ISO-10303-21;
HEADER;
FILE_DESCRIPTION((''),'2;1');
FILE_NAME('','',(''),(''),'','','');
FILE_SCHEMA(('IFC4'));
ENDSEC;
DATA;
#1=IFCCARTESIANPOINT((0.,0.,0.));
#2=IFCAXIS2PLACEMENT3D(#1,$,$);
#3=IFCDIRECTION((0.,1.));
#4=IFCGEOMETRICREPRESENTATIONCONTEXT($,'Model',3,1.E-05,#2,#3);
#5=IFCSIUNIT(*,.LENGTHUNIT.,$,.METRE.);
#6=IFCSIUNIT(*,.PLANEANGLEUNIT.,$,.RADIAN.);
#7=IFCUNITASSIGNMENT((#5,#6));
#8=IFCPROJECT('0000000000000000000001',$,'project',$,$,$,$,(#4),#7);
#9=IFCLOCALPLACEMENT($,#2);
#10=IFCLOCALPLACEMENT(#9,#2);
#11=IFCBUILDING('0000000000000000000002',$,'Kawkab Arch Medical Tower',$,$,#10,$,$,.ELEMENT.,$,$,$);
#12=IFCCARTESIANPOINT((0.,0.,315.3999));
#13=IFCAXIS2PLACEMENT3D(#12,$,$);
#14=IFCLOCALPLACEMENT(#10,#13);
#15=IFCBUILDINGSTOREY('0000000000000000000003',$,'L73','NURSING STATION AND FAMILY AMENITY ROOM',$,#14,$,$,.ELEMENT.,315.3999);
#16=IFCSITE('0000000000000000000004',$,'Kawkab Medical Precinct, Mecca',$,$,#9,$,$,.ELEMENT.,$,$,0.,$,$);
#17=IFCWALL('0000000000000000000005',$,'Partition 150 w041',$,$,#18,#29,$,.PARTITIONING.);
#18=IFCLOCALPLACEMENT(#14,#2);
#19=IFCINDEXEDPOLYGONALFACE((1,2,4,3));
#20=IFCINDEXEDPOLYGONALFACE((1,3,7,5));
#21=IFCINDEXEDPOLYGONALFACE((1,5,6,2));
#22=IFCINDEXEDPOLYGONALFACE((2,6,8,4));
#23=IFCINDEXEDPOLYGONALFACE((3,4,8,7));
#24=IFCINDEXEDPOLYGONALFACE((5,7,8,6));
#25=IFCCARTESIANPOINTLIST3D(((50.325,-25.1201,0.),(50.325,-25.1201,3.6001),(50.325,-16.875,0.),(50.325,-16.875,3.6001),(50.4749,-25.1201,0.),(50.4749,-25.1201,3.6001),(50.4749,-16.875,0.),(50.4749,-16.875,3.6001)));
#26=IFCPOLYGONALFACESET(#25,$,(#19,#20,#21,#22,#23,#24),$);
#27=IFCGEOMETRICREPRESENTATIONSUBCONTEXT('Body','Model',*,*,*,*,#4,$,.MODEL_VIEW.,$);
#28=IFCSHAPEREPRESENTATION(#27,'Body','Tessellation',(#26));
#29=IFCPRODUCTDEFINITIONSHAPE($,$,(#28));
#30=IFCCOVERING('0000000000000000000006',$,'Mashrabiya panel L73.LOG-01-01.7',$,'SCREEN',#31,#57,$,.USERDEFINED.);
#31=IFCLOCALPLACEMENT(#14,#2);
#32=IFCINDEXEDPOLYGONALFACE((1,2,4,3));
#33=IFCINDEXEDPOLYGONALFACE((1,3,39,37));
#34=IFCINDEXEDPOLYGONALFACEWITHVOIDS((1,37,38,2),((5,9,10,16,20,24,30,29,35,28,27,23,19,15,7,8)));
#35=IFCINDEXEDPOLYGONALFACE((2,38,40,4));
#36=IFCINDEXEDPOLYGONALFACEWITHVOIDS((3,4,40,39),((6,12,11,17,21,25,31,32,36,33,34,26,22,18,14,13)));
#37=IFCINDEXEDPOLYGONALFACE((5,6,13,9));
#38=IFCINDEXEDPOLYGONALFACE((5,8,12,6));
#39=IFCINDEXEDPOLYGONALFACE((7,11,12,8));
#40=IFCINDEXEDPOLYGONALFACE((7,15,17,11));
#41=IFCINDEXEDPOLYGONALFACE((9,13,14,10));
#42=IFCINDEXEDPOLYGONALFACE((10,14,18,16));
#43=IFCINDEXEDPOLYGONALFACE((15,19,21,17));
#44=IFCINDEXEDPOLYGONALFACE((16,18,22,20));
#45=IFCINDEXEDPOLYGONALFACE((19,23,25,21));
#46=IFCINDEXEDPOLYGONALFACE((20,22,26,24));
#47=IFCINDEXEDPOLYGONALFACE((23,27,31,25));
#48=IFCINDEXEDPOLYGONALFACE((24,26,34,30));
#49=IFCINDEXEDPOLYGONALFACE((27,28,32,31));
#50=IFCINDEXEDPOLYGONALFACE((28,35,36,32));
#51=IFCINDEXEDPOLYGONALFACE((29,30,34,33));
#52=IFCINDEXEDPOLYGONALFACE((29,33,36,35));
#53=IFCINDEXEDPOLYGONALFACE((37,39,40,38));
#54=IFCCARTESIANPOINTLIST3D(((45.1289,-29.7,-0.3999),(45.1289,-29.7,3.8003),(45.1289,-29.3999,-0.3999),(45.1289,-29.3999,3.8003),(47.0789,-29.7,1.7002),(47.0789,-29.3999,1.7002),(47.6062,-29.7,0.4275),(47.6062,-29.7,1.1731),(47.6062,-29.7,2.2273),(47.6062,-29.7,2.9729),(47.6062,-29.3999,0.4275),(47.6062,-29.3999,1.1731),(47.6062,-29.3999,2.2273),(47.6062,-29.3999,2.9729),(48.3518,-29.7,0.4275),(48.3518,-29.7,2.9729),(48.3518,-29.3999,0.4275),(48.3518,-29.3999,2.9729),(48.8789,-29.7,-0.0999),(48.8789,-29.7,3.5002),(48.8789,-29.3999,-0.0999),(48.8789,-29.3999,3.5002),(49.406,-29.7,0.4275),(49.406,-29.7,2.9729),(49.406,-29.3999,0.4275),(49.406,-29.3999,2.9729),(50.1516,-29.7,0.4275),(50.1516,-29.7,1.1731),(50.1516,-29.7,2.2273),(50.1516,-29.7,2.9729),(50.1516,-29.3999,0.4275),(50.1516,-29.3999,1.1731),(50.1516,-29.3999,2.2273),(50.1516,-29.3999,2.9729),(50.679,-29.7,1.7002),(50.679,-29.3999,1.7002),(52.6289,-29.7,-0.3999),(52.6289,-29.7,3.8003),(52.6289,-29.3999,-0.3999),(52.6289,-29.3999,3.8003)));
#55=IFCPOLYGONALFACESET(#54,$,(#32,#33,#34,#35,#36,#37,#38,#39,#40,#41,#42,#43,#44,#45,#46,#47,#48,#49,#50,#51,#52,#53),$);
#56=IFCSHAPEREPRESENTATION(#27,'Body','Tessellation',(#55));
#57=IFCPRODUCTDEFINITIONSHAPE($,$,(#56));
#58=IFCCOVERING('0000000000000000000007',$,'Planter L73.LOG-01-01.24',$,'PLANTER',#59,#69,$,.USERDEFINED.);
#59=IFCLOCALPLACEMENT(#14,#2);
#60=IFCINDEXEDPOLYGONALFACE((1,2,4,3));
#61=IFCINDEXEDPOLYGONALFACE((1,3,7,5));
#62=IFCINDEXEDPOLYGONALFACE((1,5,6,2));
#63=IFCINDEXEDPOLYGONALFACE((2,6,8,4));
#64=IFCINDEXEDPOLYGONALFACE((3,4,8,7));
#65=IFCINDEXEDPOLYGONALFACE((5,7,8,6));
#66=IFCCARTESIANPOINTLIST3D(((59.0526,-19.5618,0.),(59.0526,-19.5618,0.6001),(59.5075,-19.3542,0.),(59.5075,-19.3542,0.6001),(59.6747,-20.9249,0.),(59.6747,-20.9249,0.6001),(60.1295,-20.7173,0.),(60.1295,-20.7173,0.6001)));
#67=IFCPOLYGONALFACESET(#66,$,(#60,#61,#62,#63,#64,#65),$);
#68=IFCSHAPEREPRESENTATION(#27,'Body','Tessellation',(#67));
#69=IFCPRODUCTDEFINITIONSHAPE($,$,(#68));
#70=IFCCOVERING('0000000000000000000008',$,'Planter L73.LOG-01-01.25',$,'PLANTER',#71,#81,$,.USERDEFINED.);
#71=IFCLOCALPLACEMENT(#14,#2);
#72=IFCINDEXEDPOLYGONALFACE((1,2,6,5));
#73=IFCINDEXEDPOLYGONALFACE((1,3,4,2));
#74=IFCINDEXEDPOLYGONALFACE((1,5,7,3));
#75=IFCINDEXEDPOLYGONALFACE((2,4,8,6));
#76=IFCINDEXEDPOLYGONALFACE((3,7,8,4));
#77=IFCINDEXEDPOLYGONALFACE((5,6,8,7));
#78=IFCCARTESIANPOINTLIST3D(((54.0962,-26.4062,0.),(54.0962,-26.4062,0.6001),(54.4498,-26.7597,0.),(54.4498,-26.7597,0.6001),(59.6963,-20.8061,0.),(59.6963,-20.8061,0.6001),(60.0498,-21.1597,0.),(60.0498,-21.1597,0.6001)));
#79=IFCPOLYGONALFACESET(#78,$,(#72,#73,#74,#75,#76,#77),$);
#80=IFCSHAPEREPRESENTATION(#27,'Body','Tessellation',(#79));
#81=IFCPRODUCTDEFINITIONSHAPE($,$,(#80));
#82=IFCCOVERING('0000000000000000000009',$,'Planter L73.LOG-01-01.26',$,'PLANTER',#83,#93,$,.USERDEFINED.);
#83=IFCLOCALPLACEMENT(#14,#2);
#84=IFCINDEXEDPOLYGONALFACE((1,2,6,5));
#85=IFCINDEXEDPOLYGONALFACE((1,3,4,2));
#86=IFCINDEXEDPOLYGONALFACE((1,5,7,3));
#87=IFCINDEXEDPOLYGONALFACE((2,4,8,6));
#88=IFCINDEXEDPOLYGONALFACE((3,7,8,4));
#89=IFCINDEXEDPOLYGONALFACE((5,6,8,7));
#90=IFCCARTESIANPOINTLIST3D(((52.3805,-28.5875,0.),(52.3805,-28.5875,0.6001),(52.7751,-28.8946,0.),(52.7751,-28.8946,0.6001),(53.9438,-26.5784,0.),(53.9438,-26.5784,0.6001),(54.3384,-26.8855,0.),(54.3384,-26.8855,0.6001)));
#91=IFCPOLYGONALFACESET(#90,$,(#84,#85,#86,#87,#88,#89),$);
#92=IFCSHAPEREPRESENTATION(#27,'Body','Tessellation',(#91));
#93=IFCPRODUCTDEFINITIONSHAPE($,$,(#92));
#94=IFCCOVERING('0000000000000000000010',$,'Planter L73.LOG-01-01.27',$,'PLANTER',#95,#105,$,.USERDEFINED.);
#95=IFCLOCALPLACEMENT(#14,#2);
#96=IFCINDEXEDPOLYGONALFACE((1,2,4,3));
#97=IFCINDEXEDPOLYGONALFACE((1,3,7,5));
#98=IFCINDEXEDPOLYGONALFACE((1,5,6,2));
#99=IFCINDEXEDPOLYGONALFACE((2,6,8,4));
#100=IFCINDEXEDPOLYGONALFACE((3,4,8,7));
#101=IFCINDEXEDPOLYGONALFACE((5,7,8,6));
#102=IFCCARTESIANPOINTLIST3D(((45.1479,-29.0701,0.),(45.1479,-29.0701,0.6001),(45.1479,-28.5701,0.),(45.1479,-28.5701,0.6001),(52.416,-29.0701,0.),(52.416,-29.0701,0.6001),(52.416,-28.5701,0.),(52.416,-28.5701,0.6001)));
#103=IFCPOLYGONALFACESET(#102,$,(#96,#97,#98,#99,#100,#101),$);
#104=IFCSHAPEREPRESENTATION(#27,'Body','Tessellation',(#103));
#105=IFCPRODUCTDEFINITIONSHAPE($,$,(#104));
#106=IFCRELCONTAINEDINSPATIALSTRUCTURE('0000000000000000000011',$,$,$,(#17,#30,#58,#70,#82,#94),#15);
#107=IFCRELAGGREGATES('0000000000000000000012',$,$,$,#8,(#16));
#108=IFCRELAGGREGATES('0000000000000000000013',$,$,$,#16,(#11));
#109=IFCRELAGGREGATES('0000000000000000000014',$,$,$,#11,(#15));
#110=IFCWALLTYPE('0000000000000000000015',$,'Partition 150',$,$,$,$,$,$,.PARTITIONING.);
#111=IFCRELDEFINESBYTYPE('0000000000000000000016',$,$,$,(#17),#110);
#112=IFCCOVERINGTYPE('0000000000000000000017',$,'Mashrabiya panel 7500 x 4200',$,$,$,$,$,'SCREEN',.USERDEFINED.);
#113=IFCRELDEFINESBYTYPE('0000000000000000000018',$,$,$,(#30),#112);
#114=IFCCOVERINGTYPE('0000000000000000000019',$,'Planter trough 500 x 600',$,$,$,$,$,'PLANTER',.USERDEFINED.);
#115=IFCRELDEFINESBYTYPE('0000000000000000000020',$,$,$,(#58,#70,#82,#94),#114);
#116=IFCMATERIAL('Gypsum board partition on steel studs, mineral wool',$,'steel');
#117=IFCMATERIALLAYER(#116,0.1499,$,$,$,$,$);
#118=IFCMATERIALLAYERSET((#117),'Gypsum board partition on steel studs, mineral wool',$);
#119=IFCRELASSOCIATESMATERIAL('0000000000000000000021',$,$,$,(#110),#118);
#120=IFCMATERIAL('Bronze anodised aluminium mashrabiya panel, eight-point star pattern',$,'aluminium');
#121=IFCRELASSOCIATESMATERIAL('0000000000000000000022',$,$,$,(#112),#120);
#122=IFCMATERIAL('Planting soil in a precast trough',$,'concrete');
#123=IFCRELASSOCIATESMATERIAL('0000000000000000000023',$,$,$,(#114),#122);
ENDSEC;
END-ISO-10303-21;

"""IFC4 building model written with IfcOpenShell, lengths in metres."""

from ifc_helpers import new_model, si_unit, direction, frame, frame_2d, origin, origin_2d, place, context, subcontext, project, spatial, polyline, rectangle, outline, extrude, material, layer, layer_set, material_profile, profile_set, type_object, element, save


model = new_model("IFC4")

# Units and contexts
model_context = context("Model", 3, precision=1e-05, world=origin(), true_north=direction((0.0, 1.0)))
body_context = subcontext(model_context, "Body", "Model", "MODEL_VIEW")
ifc_project = project(units=[si_unit("LENGTHUNIT", "METRE"), si_unit("PLANEANGLEUNIT", "RADIAN")], contexts=[model_context])

# Site, building, storey
site_placement = place(None, origin())
site = spatial("IfcSite", under=ifc_project, at=site_placement, Name="Kawkab Medical Precinct, Mecca", CompositionType="ELEMENT", RefElevation=0.0)
building_placement = place(site_placement, origin())
building = spatial("IfcBuilding", under=site, at=building_placement, Name="Kawkab Arch Medical Tower", CompositionType="ELEMENT")
storey_placement = place(building_placement, frame((0.0, 0.0, 315.3999)))
storey = spatial("IfcBuildingStorey", under=building, at=storey_placement, Name="L73", Description="NURSING STATION AND FAMILY AMENITY ROOM", CompositionType="ELEMENT", Elevation=315.3999)

# Wall
ifc_material_1 = material(Name="Gypsum board partition on steel studs, mineral wool", Category="steel")
ifc_layer_1 = layer(ifc_material_1, 0.1499)
ifc_layer_set_1 = layer_set([ifc_layer_1], Name="Gypsum board partition on steel studs, mineral wool")
wall_type_1 = type_object("IfcWallType", Name="Partition 150", PredefinedType="PARTITIONING", material=ifc_layer_set_1)
wall_1_placement = place(storey_placement, frame((50.3999, -25.1201, 0.0), z_axis=(0.0, 0.0, 1.0), x_axis=(0.0, 1.0, 0.0)))
element("IfcWall", 1, at=wall_1_placement, inside=storey, type_object=wall_type_1, Name="Partition 150 w041", PredefinedType="PARTITIONING", context=body_context, shape_type="SweptSolid", body=[
    extrude(rectangle(XDim=8.2451, YDim=0.1499, at=frame_2d((4.1226, 0.0))), origin(), (0.0, 0.0, 1.0), 3.6001),
])

# Coverings
ifc_material_2 = material(Name="Bronze anodised aluminium mashrabiya panel, eight-point star pattern", Category="aluminium")
ifc_material_profile_1 = material_profile(ifc_material_2, outline(polyline([(-3.75, -2.1001), (3.75, -2.1001), (3.75, 2.1001), (-3.75, 2.1001), (-3.75, -2.1001)]), holes=[polyline([(1.8, 0.0), (1.2727, 0.5271), (1.2727, 1.2727), (0.5271, 1.2727), (0.0, 1.8), (-0.5271, 1.2727), (-1.2727, 1.2727), (-1.2727, 0.5271), (-1.8, 0.0), (-1.2727, -0.5271), (-1.2727, -1.2727), (-0.5271, -1.2727), (0.0, -1.8), (0.5271, -1.2727), (1.2727, -1.2727), (1.2727, -0.5271), (1.8, 0.0)])]), Name="Mashrabiya panel 7500x4200")
ifc_profile_set_1 = profile_set([ifc_material_profile_1], Name="Bronze anodised aluminium mashrabiya panel, eight-point star pattern")
covering_type_1 = type_object("IfcCoveringType", Name="Mashrabiya panel 7500 x 4200", ElementType="SCREEN", PredefinedType="USERDEFINED", material=ifc_profile_set_1)
covering_1_placement = place(storey_placement, frame((48.8789, -29.3999, 1.7002), z_axis=(0.0, -1.0, 0.0), x_axis=(1.0, 0.0, 0.0)))
element("IfcCovering", 2, at=covering_1_placement, inside=storey, type_object=covering_type_1, Name="Mashrabiya panel L73.LOG-01-01.7", ObjectType="SCREEN", PredefinedType="USERDEFINED", context=body_context, shape_type="SweptSolid", body=[
    extrude(outline(polyline([(-3.75, -2.1001), (3.75, -2.1001), (3.75, 2.1001), (-3.75, 2.1001), (-3.75, -2.1001)]), holes=[polyline([(1.8, 0.0), (1.2727, 0.5271), (1.2727, 1.2727), (0.5271, 1.2727), (0.0, 1.8), (-0.5271, 1.2727), (-1.2727, 1.2727), (-1.2727, 0.5271), (-1.8, 0.0), (-1.2727, -0.5271), (-1.2727, -1.2727), (-0.5271, -1.2727), (0.0, -1.8), (0.5271, -1.2727), (1.2727, -1.2727), (1.2727, -0.5271), (1.8, 0.0)])]), origin(), (0.0, 0.0, 1.0), 0.3),
])
ifc_material_3 = material(Name="Planting soil in a precast trough", Category="concrete")
ifc_material_profile_2 = material_profile(ifc_material_3, rectangle(XDim=0.5, YDim=0.6001, at=origin_2d()), Name="Trough 500x600")
ifc_profile_set_2 = profile_set([ifc_material_profile_2], Name="Planting soil in a precast trough")
covering_type_2 = type_object("IfcCoveringType", Name="Planter trough 500 x 600", ElementType="PLANTER", PredefinedType="USERDEFINED", material=ifc_profile_set_2)
covering_2_placement = place(storey_placement, frame((59.28, -19.458, 0.3), z_axis=(0.41519, -0.909735, 0.0), x_axis=(0.909735, 0.41519, 0.0)))
element("IfcCovering", 3, at=covering_2_placement, inside=storey, type_object=covering_type_2, Name="Planter L73.LOG-01-01.24", ObjectType="PLANTER", PredefinedType="USERDEFINED", context=body_context, shape_type="SweptSolid", body=[
    extrude(rectangle(XDim=0.5, YDim=0.6001, at=origin_2d()), origin(), (0.0, 0.0, 1.0), 1.4983),
])
covering_3_placement = place(storey_placement, frame((59.873, -20.9829, 0.3), z_axis=(-0.707107, -0.707107, 0.0), x_axis=(0.707107, -0.707107, 0.0)))
element("IfcCovering", 4, at=covering_3_placement, inside=storey, type_object=covering_type_2, Name="Planter L73.LOG-01-01.25", ObjectType="PLANTER", PredefinedType="USERDEFINED", context=body_context, shape_type="SweptSolid", body=[
    extrude(rectangle(XDim=0.5, YDim=0.6001, at=origin_2d()), origin(), (0.0, 0.0, 1.0), 7.9197),
])
covering_4_placement = place(storey_placement, frame((54.1411, -26.7319, 0.3), z_axis=(-0.6141, -0.789228, 0.0), x_axis=(0.789228, -0.6141, 0.0)))
element("IfcCovering", 5, at=covering_4_placement, inside=storey, type_object=covering_type_2, Name="Planter L73.LOG-01-01.26", ObjectType="PLANTER", PredefinedType="USERDEFINED", context=body_context, shape_type="SweptSolid", body=[
    extrude(rectangle(XDim=0.5, YDim=0.6001, at=origin_2d()), origin(), (0.0, 0.0, 1.0), 2.5457),
])
covering_5_placement = place(storey_placement, frame((52.416, -28.8201, 0.3), z_axis=(-1.0, 0.0, 0.0), x_axis=(0.0, -1.0, 0.0)))
element("IfcCovering", 6, at=covering_5_placement, inside=storey, type_object=covering_type_2, Name="Planter L73.LOG-01-01.27", ObjectType="PLANTER", PredefinedType="USERDEFINED", context=body_context, shape_type="SweptSolid", body=[
    extrude(rectangle(XDim=0.5, YDim=0.6001, at=origin_2d()), origin(), (0.0, 0.0, 1.0), 7.2681),
])

save(model, "model.ifc")
